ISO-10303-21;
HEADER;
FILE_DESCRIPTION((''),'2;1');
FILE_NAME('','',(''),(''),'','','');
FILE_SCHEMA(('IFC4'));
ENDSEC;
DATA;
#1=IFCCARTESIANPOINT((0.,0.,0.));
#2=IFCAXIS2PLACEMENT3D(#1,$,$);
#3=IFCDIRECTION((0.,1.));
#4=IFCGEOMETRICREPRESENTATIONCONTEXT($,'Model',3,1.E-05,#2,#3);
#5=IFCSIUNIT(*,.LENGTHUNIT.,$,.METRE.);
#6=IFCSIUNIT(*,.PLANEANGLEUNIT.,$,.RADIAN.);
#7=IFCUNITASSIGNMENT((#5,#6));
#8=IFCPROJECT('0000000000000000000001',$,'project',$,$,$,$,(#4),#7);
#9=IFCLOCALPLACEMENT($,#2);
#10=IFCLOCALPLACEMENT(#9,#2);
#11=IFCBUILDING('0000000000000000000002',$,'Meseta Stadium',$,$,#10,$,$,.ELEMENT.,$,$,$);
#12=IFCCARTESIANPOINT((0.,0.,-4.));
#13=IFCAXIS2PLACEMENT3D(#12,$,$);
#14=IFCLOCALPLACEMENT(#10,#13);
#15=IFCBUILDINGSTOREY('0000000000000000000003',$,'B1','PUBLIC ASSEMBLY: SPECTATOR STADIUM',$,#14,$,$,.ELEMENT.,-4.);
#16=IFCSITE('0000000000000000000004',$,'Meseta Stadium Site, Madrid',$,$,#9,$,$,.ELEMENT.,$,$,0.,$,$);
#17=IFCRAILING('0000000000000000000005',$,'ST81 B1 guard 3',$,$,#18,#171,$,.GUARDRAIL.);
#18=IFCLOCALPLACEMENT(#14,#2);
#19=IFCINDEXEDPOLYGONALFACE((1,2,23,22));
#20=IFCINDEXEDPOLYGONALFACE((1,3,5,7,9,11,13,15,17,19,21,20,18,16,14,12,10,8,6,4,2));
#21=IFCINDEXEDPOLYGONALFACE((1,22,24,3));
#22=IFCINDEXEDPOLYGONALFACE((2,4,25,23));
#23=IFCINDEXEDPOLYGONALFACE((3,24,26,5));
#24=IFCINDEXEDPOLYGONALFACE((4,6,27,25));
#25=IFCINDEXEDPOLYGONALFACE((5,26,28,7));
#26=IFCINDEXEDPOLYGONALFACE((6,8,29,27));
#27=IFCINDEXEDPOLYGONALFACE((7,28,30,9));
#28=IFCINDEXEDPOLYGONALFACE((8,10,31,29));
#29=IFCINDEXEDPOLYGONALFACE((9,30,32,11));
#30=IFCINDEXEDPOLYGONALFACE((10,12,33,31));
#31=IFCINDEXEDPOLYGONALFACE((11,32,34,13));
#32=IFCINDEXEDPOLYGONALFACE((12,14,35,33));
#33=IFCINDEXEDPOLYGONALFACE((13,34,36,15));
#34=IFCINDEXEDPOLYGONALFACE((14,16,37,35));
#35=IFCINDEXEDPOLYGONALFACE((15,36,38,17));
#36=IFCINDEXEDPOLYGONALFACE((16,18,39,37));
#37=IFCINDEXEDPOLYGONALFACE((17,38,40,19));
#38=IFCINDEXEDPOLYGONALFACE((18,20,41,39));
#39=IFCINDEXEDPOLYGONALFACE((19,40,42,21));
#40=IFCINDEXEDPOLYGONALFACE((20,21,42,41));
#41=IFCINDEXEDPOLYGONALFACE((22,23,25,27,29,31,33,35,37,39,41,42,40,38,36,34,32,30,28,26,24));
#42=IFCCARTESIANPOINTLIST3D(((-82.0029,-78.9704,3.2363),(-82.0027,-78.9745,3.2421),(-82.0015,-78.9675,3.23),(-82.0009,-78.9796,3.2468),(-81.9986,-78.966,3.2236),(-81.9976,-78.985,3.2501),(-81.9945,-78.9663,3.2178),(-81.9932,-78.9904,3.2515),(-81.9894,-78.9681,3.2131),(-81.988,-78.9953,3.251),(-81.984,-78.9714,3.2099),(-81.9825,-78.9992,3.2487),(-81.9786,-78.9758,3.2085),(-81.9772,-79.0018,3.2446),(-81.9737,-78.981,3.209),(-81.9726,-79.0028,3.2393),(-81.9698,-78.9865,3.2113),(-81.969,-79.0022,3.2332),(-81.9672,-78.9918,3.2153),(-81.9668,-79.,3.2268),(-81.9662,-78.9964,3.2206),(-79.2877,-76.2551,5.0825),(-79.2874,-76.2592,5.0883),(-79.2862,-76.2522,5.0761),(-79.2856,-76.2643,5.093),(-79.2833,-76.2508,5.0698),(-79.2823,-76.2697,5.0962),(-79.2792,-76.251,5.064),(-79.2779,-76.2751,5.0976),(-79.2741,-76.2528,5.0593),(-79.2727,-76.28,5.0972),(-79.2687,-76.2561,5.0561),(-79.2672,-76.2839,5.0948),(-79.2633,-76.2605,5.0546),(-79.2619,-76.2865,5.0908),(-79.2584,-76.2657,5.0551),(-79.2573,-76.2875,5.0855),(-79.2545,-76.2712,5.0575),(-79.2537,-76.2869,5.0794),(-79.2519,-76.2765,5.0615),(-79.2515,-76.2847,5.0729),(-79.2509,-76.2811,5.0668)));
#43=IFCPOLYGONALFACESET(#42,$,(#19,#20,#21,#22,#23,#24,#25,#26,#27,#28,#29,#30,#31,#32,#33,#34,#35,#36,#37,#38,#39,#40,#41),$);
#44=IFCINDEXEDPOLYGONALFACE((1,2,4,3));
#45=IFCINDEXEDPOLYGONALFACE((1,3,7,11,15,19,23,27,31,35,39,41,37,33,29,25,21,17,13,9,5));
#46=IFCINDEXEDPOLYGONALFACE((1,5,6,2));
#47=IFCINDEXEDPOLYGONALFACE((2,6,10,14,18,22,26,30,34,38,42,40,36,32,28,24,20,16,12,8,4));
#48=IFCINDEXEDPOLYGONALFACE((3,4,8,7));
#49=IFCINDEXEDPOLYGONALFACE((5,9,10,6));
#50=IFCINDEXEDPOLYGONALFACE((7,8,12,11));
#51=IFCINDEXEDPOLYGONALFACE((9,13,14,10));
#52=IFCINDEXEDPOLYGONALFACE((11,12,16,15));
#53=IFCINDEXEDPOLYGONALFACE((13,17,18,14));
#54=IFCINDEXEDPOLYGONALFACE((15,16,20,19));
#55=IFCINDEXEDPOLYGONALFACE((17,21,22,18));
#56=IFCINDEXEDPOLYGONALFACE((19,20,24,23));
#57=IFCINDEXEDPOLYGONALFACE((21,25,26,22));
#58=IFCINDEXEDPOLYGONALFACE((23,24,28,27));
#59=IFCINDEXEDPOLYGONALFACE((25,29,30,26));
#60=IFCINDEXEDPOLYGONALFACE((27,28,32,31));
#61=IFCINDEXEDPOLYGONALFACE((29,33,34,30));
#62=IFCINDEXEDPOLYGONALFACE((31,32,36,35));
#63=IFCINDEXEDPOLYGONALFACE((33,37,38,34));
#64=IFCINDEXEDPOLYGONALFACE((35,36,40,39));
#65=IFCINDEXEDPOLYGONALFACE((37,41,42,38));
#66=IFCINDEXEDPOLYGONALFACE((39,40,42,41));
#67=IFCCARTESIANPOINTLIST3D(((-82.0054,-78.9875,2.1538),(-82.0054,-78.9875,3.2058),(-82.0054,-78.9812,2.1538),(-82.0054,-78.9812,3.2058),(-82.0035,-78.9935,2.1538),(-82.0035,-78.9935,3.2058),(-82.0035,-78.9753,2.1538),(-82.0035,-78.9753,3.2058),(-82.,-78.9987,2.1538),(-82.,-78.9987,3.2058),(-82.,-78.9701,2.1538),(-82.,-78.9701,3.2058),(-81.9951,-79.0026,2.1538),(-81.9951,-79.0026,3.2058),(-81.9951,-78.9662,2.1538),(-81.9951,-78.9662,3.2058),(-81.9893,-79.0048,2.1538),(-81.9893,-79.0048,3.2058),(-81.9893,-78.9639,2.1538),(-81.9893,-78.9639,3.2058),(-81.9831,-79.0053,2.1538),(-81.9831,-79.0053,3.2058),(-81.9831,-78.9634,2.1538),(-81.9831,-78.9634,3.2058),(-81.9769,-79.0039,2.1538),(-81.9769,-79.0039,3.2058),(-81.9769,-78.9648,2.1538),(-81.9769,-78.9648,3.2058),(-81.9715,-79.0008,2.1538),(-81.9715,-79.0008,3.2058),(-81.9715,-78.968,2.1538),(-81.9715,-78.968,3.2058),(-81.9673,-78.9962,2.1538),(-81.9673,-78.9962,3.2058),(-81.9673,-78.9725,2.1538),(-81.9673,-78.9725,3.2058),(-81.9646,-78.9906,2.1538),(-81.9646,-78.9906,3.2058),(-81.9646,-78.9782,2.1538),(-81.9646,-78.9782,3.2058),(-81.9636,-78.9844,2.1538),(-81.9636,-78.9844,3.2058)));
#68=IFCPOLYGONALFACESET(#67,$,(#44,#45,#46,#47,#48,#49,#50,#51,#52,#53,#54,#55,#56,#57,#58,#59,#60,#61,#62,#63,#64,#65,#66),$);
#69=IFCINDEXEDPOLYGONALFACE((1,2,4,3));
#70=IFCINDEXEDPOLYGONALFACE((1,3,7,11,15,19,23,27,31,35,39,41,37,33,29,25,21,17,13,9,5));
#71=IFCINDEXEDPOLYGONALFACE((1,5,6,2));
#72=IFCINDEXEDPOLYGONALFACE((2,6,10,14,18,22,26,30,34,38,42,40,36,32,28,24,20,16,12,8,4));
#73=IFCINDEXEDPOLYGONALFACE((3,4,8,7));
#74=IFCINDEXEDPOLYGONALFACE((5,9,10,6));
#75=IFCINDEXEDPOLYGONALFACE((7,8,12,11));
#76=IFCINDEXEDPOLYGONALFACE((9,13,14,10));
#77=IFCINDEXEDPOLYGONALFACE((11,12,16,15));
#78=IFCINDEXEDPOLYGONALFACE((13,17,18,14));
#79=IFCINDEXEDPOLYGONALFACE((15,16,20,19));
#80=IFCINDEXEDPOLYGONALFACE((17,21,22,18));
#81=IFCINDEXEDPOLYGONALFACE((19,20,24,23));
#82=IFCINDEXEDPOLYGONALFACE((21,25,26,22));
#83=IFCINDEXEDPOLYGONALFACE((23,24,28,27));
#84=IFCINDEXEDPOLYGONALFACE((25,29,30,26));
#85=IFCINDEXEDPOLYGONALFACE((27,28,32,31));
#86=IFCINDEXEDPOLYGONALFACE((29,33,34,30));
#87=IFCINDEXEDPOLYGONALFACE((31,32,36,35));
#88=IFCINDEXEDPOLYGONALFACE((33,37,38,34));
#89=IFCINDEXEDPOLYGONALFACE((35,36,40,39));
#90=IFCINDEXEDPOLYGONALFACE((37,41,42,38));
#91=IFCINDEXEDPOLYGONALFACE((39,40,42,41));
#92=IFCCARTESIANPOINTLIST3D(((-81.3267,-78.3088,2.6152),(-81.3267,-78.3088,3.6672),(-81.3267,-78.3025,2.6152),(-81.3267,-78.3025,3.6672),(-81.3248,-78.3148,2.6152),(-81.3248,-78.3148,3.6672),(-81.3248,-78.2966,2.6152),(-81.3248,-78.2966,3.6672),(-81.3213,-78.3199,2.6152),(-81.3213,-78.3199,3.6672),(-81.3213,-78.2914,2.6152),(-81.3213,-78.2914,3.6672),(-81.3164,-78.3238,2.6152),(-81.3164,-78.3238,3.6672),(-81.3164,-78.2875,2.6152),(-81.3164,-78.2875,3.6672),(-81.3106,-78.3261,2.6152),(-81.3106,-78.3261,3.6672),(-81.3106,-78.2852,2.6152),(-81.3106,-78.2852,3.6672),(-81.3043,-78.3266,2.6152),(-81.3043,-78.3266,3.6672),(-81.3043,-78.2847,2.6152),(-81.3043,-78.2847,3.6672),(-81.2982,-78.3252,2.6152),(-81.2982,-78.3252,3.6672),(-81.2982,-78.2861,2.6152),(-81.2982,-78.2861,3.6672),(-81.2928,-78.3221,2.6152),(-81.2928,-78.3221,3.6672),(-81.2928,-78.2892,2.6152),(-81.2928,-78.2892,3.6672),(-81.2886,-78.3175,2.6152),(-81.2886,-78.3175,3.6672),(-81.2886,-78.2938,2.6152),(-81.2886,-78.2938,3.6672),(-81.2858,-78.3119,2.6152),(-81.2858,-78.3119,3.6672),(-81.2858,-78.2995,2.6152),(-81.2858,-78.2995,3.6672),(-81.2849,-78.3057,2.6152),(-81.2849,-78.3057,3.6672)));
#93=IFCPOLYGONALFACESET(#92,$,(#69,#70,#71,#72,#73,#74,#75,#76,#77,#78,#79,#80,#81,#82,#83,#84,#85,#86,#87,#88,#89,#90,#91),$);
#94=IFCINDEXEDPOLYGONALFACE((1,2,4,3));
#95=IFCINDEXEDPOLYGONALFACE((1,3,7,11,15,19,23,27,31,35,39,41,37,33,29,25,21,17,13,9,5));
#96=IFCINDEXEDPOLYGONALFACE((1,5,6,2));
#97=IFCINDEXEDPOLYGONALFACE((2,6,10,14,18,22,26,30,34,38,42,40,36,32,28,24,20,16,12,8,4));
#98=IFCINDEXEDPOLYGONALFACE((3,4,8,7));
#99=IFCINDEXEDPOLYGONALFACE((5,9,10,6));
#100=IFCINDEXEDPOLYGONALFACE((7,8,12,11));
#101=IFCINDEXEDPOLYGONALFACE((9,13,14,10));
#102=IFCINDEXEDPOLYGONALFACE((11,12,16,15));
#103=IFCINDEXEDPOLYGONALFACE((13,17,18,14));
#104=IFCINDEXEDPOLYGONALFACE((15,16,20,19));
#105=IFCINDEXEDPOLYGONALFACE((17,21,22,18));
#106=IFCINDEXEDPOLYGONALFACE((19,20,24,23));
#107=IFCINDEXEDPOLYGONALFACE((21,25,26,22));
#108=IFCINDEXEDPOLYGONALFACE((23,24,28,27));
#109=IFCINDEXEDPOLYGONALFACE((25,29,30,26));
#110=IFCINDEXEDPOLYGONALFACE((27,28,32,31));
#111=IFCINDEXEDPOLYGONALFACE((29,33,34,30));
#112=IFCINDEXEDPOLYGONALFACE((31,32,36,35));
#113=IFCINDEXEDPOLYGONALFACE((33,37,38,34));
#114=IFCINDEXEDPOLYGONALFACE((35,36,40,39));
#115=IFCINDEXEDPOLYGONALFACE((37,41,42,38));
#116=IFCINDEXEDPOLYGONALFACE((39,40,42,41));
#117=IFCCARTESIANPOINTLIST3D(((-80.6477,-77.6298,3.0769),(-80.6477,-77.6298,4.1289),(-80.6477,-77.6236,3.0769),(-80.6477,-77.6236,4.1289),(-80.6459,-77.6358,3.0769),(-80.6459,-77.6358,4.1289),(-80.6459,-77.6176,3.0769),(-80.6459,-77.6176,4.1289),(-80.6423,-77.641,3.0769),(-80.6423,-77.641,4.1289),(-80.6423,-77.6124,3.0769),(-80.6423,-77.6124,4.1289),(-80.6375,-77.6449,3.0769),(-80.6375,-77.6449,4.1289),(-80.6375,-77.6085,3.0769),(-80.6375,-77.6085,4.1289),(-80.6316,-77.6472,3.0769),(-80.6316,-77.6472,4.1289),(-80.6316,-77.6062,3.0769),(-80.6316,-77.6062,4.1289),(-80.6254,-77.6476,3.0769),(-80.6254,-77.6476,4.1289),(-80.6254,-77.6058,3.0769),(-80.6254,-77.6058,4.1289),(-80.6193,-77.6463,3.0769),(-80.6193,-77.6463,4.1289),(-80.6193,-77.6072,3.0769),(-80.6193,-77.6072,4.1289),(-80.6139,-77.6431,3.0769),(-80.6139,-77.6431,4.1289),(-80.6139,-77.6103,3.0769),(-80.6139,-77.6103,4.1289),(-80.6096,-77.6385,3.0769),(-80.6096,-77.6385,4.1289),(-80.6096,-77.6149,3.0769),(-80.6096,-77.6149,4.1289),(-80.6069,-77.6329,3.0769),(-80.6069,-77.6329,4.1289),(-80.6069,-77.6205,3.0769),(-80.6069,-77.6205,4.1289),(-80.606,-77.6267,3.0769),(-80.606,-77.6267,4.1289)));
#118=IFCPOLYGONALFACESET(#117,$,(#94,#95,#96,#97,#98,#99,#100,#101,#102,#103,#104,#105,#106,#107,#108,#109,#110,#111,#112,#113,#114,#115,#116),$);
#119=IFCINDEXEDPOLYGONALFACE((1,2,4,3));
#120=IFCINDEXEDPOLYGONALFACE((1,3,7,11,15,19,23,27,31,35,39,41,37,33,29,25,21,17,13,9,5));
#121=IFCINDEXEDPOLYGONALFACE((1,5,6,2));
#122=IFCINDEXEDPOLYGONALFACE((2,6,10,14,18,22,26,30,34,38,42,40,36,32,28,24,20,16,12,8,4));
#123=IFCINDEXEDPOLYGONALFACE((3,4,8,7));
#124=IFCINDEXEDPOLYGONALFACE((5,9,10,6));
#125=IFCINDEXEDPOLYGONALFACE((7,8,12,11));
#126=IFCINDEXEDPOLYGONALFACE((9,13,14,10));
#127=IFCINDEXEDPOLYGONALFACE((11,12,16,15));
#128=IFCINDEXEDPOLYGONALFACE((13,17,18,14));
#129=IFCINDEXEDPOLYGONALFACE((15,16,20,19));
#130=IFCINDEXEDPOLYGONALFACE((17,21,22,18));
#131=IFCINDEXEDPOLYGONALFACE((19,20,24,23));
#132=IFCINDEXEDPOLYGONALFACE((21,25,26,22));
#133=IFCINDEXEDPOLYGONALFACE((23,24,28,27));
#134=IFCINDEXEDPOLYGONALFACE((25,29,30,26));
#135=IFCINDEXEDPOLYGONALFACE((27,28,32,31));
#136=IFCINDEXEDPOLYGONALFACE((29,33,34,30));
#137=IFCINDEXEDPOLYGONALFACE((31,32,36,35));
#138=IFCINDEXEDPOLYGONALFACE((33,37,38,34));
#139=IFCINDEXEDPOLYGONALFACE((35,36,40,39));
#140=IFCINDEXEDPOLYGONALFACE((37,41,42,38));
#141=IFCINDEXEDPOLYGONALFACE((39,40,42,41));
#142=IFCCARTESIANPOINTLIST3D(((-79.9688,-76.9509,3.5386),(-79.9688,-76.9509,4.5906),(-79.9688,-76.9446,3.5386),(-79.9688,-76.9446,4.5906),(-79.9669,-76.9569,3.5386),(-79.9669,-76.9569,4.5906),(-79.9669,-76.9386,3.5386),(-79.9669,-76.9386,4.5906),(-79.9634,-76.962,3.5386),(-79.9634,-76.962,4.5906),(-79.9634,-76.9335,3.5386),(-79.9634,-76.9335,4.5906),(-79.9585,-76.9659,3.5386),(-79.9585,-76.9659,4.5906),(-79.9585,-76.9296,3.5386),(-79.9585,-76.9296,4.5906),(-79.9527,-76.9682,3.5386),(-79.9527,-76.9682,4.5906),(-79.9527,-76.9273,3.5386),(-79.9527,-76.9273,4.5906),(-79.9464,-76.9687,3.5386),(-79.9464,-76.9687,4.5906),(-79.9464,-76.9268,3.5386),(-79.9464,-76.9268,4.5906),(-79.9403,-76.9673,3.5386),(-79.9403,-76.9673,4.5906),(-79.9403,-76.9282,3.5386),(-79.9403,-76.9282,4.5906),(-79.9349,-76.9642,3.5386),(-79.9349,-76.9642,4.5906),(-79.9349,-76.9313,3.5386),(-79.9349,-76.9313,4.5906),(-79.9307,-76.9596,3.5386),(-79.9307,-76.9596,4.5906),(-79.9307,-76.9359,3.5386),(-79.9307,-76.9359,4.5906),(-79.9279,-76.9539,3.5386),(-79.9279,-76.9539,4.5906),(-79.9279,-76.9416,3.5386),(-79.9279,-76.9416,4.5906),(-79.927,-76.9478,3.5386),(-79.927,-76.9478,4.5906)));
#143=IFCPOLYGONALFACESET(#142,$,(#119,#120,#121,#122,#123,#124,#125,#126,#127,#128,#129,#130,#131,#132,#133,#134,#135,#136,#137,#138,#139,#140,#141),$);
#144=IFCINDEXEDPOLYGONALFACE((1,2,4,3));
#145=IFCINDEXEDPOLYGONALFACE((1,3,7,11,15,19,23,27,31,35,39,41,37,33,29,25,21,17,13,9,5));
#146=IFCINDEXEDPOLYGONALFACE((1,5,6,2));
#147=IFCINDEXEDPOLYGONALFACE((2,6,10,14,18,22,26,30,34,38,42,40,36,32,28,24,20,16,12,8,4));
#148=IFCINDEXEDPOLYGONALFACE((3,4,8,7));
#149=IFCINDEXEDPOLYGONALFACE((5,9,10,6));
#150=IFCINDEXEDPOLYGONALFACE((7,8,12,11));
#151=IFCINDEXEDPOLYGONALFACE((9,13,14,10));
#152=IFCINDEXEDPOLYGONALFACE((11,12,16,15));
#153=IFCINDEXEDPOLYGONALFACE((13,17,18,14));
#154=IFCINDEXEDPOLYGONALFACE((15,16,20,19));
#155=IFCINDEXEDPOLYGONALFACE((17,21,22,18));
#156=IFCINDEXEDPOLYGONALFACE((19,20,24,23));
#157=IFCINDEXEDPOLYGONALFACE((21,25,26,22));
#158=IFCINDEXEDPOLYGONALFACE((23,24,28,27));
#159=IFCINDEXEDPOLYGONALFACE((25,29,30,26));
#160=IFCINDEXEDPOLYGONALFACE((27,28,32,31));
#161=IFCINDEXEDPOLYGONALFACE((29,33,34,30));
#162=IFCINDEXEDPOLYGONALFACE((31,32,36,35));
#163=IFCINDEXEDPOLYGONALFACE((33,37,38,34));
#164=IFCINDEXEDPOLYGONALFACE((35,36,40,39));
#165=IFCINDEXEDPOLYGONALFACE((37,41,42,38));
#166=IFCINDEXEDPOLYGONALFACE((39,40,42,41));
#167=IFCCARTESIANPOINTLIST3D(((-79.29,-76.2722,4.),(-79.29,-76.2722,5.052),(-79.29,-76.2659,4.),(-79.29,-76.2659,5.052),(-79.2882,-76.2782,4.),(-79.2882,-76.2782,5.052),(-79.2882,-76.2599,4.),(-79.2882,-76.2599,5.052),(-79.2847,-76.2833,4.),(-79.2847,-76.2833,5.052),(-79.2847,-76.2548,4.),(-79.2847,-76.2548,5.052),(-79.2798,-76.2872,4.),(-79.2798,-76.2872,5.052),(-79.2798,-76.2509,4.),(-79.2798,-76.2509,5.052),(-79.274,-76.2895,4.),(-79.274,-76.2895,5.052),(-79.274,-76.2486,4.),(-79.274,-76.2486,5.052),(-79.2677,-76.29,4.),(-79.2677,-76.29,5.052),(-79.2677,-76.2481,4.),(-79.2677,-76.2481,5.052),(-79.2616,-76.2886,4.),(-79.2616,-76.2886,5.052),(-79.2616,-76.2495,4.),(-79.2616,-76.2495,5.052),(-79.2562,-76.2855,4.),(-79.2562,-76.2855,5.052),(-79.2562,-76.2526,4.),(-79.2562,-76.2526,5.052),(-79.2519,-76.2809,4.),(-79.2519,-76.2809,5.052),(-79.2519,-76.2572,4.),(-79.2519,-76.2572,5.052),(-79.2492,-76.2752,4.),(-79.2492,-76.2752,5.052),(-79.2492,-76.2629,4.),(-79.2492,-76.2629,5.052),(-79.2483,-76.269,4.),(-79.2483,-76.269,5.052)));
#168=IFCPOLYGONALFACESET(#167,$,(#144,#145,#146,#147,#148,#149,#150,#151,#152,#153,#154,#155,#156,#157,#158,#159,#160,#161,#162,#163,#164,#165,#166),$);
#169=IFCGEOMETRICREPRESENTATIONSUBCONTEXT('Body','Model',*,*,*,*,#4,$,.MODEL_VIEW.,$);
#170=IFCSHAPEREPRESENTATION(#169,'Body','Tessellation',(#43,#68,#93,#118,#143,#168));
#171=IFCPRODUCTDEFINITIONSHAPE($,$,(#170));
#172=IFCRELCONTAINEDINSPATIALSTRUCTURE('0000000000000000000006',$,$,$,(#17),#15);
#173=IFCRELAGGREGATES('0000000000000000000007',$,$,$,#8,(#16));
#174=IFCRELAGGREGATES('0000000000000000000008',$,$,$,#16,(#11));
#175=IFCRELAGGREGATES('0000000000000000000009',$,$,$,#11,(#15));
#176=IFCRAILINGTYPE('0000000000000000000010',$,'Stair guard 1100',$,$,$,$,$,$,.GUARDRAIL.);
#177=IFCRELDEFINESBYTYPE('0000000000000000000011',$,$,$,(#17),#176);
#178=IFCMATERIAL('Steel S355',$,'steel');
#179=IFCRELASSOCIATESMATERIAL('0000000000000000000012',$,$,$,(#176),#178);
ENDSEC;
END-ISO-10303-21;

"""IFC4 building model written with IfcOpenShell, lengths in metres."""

from ifc_helpers import new_model, si_unit, direction, frame, origin, origin_2d, place, context, subcontext, project, spatial, circle, extrude, material, type_object, element, save


model = new_model("IFC4")

# Units and contexts
model_context = context("Model", 3, precision=1e-05, world=origin(), true_north=direction((0.0, 1.0)))
body_context = subcontext(model_context, "Body", "Model", "MODEL_VIEW")
ifc_project = project(units=[si_unit("LENGTHUNIT", "METRE"), si_unit("PLANEANGLEUNIT", "RADIAN")], contexts=[model_context])

# Site, building, storey
site_placement = place(None, origin())
site = spatial("IfcSite", under=ifc_project, at=site_placement, Name="Meseta Stadium Site, Madrid", CompositionType="ELEMENT", RefElevation=0.0)
building_placement = place(site_placement, origin())
building = spatial("IfcBuilding", under=site, at=building_placement, Name="Meseta Stadium", CompositionType="ELEMENT")
storey_placement = place(building_placement, frame((0.0, 0.0, -4.0)))
storey = spatial("IfcBuildingStorey", under=building, at=storey_placement, Name="B1", Description="PUBLIC ASSEMBLY: SPECTATOR STADIUM", CompositionType="ELEMENT", Elevation=-4.0)

# Railing
ifc_material_1 = material(Name="Steel S355", Category="steel")
railing_type_1 = type_object("IfcRailingType", Name="Stair guard 1100", PredefinedType="GUARDRAIL", material=ifc_material_1)
railing_1_placement = place(storey_placement, frame((-81.9846, -78.9844, 2.1538)))
element("IfcRailing", 1, at=railing_1_placement, inside=storey, type_object=railing_type_1, Name="ST81 B1 guard 3", PredefinedType="GUARDRAIL", context=body_context, shape_type="SweptSolid", body=[
    extrude(circle(Radius=0.0239, at=origin_2d()), frame((0.0, 0.0, 1.0762), z_axis=(0.637281, 0.637281, 0.433296), x_axis=(-0.707107, 0.707107, 0.0)), (0.0, 0.0, 1.0), 4.2607),
    extrude(circle(Radius=0.021, at=origin_2d()), origin(), (0.0, 0.0, 1.0), 1.052),
    extrude(circle(Radius=0.021, at=origin_2d()), frame((0.6787, 0.6787, 0.4614)), (0.0, 0.0, 1.0), 1.052),
    extrude(circle(Radius=0.021, at=origin_2d()), frame((1.3577, 1.3577, 0.9231)), (0.0, 0.0, 1.0), 1.052),
    extrude(circle(Radius=0.021, at=origin_2d()), frame((2.0366, 2.0366, 1.3848)), (0.0, 0.0, 1.0), 1.052),
    extrude(circle(Radius=0.021, at=origin_2d()), frame((2.7153, 2.7153, 1.8462)), (0.0, 0.0, 1.0), 1.052),
])

save(model, "model.ifc")
